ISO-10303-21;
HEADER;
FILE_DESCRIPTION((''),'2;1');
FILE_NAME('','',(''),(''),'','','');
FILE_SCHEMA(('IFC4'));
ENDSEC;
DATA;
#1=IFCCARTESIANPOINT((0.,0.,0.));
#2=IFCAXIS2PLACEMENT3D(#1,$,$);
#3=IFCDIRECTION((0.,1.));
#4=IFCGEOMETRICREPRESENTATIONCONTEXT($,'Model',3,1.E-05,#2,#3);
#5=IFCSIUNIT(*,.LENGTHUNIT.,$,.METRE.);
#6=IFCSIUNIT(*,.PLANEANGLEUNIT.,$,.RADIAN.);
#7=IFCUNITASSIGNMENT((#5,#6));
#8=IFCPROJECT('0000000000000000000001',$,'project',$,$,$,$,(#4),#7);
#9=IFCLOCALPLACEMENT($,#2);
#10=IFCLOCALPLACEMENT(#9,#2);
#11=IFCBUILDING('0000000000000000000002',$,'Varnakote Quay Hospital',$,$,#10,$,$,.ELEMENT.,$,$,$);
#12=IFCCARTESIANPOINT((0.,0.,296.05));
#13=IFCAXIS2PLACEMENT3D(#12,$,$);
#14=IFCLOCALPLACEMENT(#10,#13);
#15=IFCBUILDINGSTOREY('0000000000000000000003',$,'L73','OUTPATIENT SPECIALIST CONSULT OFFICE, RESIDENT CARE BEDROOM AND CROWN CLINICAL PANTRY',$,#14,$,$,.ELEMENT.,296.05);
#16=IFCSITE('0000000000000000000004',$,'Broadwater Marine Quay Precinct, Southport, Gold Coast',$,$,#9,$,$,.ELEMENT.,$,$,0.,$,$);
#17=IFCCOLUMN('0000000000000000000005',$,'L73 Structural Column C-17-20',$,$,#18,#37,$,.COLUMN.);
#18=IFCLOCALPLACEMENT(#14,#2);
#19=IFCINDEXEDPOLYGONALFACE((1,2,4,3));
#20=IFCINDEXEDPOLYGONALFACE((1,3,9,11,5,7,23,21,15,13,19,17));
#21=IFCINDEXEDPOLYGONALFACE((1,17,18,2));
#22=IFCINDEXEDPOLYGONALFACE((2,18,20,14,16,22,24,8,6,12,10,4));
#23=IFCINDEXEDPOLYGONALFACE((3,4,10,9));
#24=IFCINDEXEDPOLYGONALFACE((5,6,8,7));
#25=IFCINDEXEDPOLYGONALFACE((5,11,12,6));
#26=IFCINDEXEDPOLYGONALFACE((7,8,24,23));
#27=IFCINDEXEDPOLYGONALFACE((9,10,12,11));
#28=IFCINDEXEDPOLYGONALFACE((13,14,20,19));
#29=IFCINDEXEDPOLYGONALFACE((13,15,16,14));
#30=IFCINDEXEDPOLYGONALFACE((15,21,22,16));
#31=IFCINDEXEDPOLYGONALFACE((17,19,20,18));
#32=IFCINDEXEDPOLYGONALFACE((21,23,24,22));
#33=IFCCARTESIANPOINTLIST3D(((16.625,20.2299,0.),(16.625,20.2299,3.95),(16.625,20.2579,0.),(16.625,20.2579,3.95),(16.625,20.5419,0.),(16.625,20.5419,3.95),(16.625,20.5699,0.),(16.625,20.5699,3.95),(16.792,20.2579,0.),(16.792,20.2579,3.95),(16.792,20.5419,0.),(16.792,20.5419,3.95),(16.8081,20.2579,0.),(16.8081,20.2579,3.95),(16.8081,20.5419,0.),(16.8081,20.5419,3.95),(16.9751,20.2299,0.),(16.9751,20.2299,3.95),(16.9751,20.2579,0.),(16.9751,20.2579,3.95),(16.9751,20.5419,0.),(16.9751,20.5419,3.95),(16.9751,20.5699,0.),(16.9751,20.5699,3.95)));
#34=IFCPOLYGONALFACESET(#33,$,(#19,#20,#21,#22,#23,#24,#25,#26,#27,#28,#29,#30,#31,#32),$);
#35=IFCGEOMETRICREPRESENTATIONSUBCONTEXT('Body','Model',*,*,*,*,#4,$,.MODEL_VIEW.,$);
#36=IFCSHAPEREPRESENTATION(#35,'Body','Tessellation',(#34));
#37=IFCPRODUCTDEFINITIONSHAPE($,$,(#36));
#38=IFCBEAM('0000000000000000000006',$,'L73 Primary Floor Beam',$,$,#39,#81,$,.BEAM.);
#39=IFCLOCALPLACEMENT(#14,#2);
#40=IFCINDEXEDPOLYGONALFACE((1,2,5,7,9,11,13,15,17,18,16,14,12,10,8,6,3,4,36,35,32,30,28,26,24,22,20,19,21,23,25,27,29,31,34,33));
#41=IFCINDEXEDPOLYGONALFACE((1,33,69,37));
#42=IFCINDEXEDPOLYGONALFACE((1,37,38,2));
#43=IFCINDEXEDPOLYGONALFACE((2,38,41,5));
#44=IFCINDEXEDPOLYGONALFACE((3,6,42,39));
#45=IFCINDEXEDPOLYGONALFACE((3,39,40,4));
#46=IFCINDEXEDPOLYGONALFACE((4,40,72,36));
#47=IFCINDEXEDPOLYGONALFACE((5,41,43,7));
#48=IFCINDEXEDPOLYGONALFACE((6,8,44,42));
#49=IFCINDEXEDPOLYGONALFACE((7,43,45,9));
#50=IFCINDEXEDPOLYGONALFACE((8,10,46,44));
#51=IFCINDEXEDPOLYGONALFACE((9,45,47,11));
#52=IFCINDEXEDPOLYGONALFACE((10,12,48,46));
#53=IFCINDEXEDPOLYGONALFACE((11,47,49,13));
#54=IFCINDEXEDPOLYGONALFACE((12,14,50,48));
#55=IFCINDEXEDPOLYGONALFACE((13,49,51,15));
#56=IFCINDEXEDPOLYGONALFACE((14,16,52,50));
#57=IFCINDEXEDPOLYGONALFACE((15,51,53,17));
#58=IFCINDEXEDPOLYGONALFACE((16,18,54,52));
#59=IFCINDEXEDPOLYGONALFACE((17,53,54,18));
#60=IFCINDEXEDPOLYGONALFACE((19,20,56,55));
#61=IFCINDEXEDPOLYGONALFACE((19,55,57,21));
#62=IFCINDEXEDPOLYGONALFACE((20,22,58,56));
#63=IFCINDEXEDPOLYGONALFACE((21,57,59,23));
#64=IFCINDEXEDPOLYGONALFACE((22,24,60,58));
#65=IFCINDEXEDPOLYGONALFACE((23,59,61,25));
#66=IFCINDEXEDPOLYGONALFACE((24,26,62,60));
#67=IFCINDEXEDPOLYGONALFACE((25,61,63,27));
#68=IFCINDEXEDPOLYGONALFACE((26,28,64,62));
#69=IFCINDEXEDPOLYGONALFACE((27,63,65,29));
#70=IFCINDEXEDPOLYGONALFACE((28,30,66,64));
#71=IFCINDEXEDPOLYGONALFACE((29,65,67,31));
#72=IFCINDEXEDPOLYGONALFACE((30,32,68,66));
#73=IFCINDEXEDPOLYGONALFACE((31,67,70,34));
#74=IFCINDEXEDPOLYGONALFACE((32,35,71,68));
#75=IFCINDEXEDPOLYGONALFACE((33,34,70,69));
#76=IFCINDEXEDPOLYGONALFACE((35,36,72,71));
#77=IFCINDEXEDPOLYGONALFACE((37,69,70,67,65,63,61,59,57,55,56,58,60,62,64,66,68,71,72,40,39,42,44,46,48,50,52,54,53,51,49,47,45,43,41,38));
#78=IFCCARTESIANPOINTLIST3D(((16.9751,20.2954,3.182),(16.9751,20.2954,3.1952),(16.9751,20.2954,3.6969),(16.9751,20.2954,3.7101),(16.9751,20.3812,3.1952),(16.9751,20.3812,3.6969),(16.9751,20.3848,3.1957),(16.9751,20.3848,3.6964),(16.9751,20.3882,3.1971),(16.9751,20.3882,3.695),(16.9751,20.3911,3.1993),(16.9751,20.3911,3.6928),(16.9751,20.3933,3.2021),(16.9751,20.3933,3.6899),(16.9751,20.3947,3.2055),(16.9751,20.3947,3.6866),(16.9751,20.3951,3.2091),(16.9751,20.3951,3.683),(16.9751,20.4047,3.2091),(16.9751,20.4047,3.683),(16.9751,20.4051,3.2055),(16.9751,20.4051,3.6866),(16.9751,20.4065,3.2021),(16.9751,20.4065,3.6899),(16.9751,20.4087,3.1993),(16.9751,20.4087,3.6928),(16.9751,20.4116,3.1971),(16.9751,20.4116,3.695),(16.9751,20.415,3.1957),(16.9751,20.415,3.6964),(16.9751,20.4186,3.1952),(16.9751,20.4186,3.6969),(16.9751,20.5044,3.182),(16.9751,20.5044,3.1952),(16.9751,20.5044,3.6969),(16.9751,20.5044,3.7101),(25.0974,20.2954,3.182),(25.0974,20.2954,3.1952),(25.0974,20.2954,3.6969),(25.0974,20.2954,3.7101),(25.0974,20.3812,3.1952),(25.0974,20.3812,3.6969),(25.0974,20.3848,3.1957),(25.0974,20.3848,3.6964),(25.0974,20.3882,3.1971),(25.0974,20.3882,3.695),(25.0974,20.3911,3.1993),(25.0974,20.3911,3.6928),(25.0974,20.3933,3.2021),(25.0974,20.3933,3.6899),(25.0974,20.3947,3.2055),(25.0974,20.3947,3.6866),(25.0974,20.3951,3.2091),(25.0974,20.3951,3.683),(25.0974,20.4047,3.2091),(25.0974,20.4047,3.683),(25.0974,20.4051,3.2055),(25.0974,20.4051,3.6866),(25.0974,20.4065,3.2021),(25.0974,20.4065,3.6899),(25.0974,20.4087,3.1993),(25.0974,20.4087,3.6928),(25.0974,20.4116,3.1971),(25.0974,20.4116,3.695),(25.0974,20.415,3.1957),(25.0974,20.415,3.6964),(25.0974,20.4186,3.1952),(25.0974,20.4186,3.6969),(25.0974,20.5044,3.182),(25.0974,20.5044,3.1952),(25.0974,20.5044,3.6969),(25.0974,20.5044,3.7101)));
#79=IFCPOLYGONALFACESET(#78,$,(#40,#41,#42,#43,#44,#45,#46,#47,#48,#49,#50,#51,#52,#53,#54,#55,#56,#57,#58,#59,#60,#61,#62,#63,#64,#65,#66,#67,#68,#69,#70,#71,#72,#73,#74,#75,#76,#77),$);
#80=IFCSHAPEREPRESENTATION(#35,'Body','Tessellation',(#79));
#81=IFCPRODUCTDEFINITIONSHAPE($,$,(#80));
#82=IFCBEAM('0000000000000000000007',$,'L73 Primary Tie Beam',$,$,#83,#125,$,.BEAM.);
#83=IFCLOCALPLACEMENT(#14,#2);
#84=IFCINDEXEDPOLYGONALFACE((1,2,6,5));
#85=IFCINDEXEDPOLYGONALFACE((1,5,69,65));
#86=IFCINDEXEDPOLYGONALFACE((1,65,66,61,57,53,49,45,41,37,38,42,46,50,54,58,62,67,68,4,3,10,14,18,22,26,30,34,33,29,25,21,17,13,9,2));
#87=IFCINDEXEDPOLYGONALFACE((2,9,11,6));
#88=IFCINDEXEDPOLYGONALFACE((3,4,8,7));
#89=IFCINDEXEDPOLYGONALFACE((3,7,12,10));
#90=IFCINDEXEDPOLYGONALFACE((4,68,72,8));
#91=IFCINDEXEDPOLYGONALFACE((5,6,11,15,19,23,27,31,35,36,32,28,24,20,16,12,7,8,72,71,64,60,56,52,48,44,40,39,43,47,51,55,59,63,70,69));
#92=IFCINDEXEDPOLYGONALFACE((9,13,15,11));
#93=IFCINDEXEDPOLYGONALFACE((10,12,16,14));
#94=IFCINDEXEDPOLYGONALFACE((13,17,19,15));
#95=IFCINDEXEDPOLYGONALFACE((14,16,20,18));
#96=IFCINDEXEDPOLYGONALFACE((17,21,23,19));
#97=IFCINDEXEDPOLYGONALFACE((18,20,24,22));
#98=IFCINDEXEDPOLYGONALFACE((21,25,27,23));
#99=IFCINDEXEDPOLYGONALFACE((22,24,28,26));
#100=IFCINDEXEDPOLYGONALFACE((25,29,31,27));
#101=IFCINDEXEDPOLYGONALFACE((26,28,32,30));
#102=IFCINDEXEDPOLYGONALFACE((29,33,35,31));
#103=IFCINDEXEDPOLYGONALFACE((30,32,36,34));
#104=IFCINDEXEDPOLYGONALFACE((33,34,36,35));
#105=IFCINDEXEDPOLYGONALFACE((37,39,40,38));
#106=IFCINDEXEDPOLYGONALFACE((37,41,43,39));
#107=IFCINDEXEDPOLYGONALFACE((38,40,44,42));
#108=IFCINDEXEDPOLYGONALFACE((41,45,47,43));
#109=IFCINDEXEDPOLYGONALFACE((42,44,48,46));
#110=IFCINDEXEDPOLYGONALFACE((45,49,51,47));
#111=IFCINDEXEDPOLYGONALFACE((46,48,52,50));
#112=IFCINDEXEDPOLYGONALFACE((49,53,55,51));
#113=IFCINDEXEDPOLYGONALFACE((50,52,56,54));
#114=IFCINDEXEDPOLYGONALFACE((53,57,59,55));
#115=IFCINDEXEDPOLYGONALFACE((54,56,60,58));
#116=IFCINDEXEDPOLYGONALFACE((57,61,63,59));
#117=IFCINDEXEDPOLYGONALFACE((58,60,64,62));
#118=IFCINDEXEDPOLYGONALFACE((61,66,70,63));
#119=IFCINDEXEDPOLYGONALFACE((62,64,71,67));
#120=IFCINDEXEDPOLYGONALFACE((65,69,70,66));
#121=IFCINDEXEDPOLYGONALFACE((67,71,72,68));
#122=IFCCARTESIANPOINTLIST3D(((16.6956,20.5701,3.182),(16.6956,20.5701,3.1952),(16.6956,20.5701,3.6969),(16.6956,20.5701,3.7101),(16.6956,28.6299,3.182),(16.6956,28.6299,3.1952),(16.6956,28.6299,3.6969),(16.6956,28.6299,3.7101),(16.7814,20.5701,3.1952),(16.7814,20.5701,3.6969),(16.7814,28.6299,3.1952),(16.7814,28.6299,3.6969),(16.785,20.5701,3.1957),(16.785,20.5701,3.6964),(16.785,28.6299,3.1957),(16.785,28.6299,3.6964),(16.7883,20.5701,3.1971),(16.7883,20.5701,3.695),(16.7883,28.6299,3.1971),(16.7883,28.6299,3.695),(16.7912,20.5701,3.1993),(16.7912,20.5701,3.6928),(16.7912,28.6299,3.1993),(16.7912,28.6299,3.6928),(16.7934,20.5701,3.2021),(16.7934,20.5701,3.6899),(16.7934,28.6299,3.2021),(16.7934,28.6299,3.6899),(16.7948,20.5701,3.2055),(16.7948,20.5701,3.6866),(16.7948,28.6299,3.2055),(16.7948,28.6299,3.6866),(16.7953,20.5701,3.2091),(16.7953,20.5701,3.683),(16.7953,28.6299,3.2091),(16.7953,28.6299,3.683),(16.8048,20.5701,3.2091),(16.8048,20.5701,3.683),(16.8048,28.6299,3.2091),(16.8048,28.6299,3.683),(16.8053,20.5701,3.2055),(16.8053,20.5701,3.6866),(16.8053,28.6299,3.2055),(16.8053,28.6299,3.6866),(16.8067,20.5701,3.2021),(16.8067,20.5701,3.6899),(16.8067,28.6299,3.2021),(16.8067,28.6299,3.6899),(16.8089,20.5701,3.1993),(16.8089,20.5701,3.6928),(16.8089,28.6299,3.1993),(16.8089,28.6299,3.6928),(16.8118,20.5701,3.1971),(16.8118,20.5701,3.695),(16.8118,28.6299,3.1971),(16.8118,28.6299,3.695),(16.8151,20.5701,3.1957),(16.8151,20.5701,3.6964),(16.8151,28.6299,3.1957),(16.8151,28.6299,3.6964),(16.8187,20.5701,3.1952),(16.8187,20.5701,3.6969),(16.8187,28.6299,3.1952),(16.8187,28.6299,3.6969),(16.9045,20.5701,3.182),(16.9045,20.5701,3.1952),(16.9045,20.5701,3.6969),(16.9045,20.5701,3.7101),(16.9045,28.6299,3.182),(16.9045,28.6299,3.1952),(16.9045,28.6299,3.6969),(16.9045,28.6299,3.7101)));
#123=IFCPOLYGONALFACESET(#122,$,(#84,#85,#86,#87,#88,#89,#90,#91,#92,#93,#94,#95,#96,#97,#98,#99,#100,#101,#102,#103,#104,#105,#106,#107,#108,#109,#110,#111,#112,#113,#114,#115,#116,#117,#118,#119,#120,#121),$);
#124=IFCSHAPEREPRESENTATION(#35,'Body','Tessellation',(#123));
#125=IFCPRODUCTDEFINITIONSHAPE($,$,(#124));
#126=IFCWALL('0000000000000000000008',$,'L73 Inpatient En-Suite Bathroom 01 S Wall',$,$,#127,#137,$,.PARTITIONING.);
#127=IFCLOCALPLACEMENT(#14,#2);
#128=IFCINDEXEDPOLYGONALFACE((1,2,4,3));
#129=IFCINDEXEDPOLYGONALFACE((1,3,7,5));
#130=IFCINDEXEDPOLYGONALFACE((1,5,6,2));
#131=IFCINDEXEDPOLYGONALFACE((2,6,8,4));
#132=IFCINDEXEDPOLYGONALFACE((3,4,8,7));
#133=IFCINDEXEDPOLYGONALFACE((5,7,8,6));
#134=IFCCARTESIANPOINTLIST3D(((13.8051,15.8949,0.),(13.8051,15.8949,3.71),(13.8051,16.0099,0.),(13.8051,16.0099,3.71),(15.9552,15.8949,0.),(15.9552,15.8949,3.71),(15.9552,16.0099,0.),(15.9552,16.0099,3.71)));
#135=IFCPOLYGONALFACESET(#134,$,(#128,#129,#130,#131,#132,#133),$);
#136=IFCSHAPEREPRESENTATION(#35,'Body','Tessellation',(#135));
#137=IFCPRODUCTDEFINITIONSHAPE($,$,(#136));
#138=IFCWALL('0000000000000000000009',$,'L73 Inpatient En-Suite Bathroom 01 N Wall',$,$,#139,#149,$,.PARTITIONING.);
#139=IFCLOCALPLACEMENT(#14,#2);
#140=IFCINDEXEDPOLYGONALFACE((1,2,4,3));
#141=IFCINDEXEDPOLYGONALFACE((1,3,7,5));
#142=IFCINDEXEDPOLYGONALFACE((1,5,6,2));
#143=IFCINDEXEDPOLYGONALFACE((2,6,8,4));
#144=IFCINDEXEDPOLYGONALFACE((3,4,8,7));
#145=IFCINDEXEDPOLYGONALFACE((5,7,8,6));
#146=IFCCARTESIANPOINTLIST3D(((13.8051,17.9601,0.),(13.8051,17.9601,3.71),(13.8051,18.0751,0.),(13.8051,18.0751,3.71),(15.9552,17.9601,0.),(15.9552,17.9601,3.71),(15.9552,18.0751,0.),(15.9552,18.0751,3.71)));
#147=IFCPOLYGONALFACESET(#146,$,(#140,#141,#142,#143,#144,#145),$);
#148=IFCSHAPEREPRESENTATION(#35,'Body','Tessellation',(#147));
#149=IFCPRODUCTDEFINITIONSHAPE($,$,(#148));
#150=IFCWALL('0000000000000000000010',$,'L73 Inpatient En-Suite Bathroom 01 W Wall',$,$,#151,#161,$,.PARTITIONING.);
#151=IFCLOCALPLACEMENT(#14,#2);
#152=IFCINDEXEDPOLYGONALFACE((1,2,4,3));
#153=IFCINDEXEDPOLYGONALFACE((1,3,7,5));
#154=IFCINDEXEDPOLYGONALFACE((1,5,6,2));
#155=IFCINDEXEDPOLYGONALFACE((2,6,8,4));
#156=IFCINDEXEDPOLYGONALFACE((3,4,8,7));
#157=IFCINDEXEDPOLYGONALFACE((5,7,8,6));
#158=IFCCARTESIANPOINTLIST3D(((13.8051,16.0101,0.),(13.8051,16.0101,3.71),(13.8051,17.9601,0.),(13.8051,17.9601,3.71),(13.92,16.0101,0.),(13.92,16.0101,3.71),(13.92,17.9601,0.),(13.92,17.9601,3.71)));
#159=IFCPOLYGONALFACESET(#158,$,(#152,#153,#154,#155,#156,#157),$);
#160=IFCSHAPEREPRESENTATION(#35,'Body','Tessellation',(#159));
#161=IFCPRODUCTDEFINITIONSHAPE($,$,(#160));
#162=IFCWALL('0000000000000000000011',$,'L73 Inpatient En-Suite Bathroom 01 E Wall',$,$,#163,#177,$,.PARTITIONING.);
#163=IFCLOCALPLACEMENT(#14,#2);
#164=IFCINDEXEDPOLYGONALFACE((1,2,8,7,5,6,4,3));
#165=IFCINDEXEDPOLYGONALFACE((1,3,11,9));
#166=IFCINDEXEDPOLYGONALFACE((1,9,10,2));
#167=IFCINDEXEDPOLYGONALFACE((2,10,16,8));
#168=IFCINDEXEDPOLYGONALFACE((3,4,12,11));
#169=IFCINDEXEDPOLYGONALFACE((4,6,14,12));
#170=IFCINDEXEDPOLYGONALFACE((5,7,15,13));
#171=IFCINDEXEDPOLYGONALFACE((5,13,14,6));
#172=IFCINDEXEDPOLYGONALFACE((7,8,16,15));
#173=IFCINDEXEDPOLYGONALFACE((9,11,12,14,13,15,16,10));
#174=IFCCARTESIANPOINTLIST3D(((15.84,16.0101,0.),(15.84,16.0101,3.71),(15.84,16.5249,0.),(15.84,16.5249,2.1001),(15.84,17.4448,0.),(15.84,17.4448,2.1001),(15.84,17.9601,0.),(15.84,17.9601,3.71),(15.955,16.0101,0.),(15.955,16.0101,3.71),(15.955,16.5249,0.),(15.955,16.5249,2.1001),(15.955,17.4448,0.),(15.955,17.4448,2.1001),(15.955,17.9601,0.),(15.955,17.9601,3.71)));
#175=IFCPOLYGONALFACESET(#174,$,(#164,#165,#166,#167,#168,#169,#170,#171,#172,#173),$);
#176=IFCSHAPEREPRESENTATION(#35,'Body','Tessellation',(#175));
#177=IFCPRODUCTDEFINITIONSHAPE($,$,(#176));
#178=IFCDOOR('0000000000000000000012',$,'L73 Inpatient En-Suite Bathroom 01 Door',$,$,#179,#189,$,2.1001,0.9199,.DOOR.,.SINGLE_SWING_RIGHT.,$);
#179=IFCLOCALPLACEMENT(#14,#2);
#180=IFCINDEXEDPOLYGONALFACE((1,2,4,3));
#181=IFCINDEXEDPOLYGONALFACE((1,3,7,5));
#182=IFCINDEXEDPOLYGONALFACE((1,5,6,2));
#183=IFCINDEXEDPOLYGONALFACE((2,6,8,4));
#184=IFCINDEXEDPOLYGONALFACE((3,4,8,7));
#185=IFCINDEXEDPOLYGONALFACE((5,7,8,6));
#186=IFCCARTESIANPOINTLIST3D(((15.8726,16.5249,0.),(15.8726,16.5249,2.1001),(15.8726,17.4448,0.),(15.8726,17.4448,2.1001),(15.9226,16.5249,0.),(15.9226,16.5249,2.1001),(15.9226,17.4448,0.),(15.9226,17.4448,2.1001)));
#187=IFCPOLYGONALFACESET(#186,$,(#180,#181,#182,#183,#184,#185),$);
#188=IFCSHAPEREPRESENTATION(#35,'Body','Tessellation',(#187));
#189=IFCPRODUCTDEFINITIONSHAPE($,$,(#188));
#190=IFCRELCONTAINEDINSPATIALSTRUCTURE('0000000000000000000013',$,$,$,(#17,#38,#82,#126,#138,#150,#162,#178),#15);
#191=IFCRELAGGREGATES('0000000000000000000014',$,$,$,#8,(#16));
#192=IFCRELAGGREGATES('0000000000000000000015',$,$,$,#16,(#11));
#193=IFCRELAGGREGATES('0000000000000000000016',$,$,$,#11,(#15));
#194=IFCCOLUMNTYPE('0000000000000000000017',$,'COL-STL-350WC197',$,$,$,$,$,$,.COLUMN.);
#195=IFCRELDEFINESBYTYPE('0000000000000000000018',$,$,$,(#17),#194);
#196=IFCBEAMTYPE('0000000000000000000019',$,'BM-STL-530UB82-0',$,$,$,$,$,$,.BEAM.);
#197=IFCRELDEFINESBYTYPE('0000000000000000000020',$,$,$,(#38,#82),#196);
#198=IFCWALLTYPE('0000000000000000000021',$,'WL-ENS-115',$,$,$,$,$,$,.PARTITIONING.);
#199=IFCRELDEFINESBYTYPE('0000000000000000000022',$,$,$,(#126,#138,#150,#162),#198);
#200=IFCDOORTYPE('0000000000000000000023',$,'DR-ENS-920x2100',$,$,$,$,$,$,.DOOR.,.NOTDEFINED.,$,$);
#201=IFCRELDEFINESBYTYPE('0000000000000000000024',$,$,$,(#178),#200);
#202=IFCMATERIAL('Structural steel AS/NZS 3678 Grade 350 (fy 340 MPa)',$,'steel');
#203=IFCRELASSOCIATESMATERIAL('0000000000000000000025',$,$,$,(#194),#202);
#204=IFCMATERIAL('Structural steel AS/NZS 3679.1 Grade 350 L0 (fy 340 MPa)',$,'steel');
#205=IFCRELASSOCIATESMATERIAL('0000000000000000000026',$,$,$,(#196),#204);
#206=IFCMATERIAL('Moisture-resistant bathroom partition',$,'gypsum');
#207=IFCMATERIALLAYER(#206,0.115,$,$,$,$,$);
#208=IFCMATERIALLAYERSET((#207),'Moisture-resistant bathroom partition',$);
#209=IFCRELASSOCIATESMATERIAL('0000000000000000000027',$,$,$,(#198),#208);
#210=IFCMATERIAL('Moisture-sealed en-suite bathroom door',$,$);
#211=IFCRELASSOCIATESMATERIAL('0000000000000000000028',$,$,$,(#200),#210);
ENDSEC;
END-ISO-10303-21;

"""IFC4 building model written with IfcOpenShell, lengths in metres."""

from ifc_helpers import new_model, si_unit, direction, frame, frame_2d, origin, origin_2d, place, context, subcontext, project, spatial, rectangle, i_section, extrude, material, layer, layer_set, material_profile, profile_set, type_object, element, fill, save


model = new_model("IFC4")

# Units and contexts
model_context = context("Model", 3, precision=1e-05, world=origin(), true_north=direction((0.0, 1.0)))
body_context = subcontext(model_context, "Body", "Model", "MODEL_VIEW")
ifc_project = project(units=[si_unit("LENGTHUNIT", "METRE"), si_unit("PLANEANGLEUNIT", "RADIAN")], contexts=[model_context])

# Site, building, storey
site_placement = place(None, origin())
site = spatial("IfcSite", under=ifc_project, at=site_placement, Name="Broadwater Marine Quay Precinct, Southport, Gold Coast", CompositionType="ELEMENT", RefElevation=0.0)
building_placement = place(site_placement, origin())
building = spatial("IfcBuilding", under=site, at=building_placement, Name="Varnakote Quay Hospital", CompositionType="ELEMENT")
storey_placement = place(building_placement, frame((0.0, 0.0, 296.05)))
storey = spatial("IfcBuildingStorey", under=building, at=storey_placement, Name="L73", Description="OUTPATIENT SPECIALIST CONSULT OFFICE, RESIDENT CARE BEDROOM AND CROWN CLINICAL PANTRY", CompositionType="ELEMENT", Elevation=296.05)

# Column
ifc_material_1 = material(Name="Structural steel AS/NZS 3678 Grade 350 (fy 340 MPa)", Category="steel")
ifc_material_profile_1 = material_profile(ifc_material_1, i_section(OverallWidth=0.3501, OverallDepth=0.3401, WebThickness=0.0161, FlangeThickness=0.0281, at=origin_2d()), Name="350WC197")
ifc_profile_set_1 = profile_set([ifc_material_profile_1], Name="Structural steel AS/NZS 3678 Grade 350 (fy 340 MPa)")
column_type = type_object("IfcColumnType", Name="COL-STL-350WC197", PredefinedType="COLUMN", material=ifc_profile_set_1)
column_placement = place(storey_placement, frame((16.8, 20.3999, 0.0), z_axis=(0.0, 0.0, 1.0), x_axis=(1.0, 0.0, 0.0)))
element("IfcColumn", 1, at=column_placement, inside=storey, type_object=column_type, Name="L73 Structural Column C-17-20", PredefinedType="COLUMN", context=body_context, shape_type="SweptSolid", body=[
    extrude(i_section(OverallWidth=0.3501, OverallDepth=0.3401, WebThickness=0.0161, FlangeThickness=0.0281, at=origin_2d()), origin(), (0.0, 0.0, 1.0), 3.95),
])

# Beams
ifc_material_2 = material(Name="Structural steel AS/NZS 3679.1 Grade 350 L0 (fy 340 MPa)", Category="steel")
ifc_material_profile_2 = material_profile(ifc_material_2, i_section(OverallWidth=0.209, OverallDepth=0.5281, WebThickness=0.0095, FlangeThickness=0.0132, FilletRadius=0.0139, at=origin_2d()), Name="530UB82.0")
ifc_profile_set_2 = profile_set([ifc_material_profile_2], Name="Structural steel AS/NZS 3679.1 Grade 350 L0 (fy 340 MPa)")
beam_type = type_object("IfcBeamType", Name="BM-STL-530UB82-0", PredefinedType="BEAM", material=ifc_profile_set_2)
beam_1_placement = place(storey_placement, frame((16.9751, 20.3999, 3.446), z_axis=(1.0, 0.0, 0.0), x_axis=(0.0, 1.0, 0.0)))
element("IfcBeam", 2, at=beam_1_placement, inside=storey, type_object=beam_type, Name="L73 Primary Floor Beam", PredefinedType="BEAM", context=body_context, shape_type="SweptSolid", body=[
    extrude(i_section(OverallWidth=0.209, OverallDepth=0.5281, WebThickness=0.0095, FlangeThickness=0.0132, FilletRadius=0.0139, at=origin_2d()), origin(), (0.0, 0.0, 1.0), 8.1223),
])
beam_2_placement = place(storey_placement, frame((16.8, 20.5701, 3.446), z_axis=(0.0, 1.0, 0.0), x_axis=(-1.0, 0.0, 0.0)))
element("IfcBeam", 3, at=beam_2_placement, inside=storey, type_object=beam_type, Name="L73 Primary Tie Beam", PredefinedType="BEAM", context=body_context, shape_type="SweptSolid", body=[
    extrude(i_section(OverallWidth=0.209, OverallDepth=0.5281, WebThickness=0.0095, FlangeThickness=0.0132, FilletRadius=0.0139, at=origin_2d()), origin(), (0.0, 0.0, 1.0), 8.0598),
])

# Walls
ifc_material_3 = material(Name="Moisture-resistant bathroom partition", Category="gypsum")
ifc_layer_1 = layer(ifc_material_3, 0.115)
ifc_layer_set_1 = layer_set([ifc_layer_1], Name="Moisture-resistant bathroom partition")
wall_type_1 = type_object("IfcWallType", Name="WL-ENS-115", PredefinedType="PARTITIONING", material=ifc_layer_set_1)
for number, where, z_axis, x_axis, name in (
    (4, (13.8049, 15.9524, 0.0), (0.0, 0.0, 1.0), (1.0, 0.0, 0.0), "L73 Inpatient En-Suite Bathroom 01 S Wall"),
    (5, (13.8049, 18.0176, 0.0), (0.0, 0.0, 1.0), (1.0, 0.0, 0.0), "L73 Inpatient En-Suite Bathroom 01 N Wall"),
):
    element("IfcWall", number, at=place(storey_placement, frame(where, z_axis=z_axis, x_axis=x_axis)), inside=storey, type_object=wall_type_1, Name=name, PredefinedType="PARTITIONING", context=body_context, shape_type="SweptSolid", body=[
        extrude(rectangle(XDim=2.1501, YDim=0.115, at=frame_2d((1.0752, 0.0))), origin(), (0.0, 0.0, 1.0), 3.71),
    ])
wall_1_placement = place(storey_placement, frame((13.8625, 16.01, 0.0), z_axis=(0.0, 0.0, 1.0), x_axis=(0.0, 1.0, 0.0)))
element("IfcWall", 6, at=wall_1_placement, inside=storey, type_object=wall_type_1, Name="L73 Inpatient En-Suite Bathroom 01 W Wall", PredefinedType="PARTITIONING", context=body_context, shape_type="SweptSolid", body=[
    extrude(rectangle(XDim=1.95, YDim=0.115, at=frame_2d((0.9751, 0.0))), origin(), (0.0, 0.0, 1.0), 3.71),
])

# Wall, opening, door
wall_2_placement = place(storey_placement, frame((15.8975, 16.01, 0.0), z_axis=(0.0, 0.0, 1.0), x_axis=(0.0, 1.0, 0.0)))
wall_2 = element("IfcWall", 7, at=wall_2_placement, inside=storey, type_object=wall_type_1, Name="L73 Inpatient En-Suite Bathroom 01 E Wall", PredefinedType="PARTITIONING", context=body_context, shape_type="SweptSolid", body=[
    extrude(rectangle(XDim=1.95, YDim=0.115, at=frame_2d((0.9751, 0.0))), origin(), (0.0, 0.0, 1.0), 3.71),
])
opening_1_placement = place(wall_2_placement, frame((0.5149, 0.0, 0.0)))
opening_1 = element("IfcOpeningElement", 8, at=opening_1_placement, cuts=wall_2, PredefinedType="OPENING", context=body_context, shape_type="SweptSolid", body=[
    extrude(rectangle(XDim=0.9199, YDim=2.1001, at=frame_2d((0.46, 1.05))), frame((0.0, 0.0674, 0.0), z_axis=(0.0, -1.0, 0.0), x_axis=(1.0, 0.0, 0.0)), (0.0, 0.0, 1.0), 0.135),
])
ifc_material_4 = material(Name="Moisture-sealed en-suite bathroom door")
door_type_1 = type_object("IfcDoorType", Name="DR-ENS-920x2100", OperationType="NOTDEFINED", PredefinedType="DOOR", material=ifc_material_4)
door_1_placement = place(opening_1_placement, origin())
door_1 = element("IfcDoor", 9, at=door_1_placement, inside=storey, type_object=door_type_1, Name="L73 Inpatient En-Suite Bathroom 01 Door", OperationType="SINGLE_SWING_RIGHT", OverallHeight=2.1001, OverallWidth=0.9199, PredefinedType="DOOR", context=body_context, shape_type="SweptSolid", body=[
    extrude(rectangle(XDim=0.9199, YDim=2.1001, at=frame_2d((0.46, 1.05))), frame((0.0, 0.0249, 0.0), z_axis=(0.0, -1.0, 0.0), x_axis=(1.0, 0.0, 0.0)), (0.0, 0.0, 1.0), 0.05),
])
fill(opening_1, door_1)

save(model, "model.ifc")
